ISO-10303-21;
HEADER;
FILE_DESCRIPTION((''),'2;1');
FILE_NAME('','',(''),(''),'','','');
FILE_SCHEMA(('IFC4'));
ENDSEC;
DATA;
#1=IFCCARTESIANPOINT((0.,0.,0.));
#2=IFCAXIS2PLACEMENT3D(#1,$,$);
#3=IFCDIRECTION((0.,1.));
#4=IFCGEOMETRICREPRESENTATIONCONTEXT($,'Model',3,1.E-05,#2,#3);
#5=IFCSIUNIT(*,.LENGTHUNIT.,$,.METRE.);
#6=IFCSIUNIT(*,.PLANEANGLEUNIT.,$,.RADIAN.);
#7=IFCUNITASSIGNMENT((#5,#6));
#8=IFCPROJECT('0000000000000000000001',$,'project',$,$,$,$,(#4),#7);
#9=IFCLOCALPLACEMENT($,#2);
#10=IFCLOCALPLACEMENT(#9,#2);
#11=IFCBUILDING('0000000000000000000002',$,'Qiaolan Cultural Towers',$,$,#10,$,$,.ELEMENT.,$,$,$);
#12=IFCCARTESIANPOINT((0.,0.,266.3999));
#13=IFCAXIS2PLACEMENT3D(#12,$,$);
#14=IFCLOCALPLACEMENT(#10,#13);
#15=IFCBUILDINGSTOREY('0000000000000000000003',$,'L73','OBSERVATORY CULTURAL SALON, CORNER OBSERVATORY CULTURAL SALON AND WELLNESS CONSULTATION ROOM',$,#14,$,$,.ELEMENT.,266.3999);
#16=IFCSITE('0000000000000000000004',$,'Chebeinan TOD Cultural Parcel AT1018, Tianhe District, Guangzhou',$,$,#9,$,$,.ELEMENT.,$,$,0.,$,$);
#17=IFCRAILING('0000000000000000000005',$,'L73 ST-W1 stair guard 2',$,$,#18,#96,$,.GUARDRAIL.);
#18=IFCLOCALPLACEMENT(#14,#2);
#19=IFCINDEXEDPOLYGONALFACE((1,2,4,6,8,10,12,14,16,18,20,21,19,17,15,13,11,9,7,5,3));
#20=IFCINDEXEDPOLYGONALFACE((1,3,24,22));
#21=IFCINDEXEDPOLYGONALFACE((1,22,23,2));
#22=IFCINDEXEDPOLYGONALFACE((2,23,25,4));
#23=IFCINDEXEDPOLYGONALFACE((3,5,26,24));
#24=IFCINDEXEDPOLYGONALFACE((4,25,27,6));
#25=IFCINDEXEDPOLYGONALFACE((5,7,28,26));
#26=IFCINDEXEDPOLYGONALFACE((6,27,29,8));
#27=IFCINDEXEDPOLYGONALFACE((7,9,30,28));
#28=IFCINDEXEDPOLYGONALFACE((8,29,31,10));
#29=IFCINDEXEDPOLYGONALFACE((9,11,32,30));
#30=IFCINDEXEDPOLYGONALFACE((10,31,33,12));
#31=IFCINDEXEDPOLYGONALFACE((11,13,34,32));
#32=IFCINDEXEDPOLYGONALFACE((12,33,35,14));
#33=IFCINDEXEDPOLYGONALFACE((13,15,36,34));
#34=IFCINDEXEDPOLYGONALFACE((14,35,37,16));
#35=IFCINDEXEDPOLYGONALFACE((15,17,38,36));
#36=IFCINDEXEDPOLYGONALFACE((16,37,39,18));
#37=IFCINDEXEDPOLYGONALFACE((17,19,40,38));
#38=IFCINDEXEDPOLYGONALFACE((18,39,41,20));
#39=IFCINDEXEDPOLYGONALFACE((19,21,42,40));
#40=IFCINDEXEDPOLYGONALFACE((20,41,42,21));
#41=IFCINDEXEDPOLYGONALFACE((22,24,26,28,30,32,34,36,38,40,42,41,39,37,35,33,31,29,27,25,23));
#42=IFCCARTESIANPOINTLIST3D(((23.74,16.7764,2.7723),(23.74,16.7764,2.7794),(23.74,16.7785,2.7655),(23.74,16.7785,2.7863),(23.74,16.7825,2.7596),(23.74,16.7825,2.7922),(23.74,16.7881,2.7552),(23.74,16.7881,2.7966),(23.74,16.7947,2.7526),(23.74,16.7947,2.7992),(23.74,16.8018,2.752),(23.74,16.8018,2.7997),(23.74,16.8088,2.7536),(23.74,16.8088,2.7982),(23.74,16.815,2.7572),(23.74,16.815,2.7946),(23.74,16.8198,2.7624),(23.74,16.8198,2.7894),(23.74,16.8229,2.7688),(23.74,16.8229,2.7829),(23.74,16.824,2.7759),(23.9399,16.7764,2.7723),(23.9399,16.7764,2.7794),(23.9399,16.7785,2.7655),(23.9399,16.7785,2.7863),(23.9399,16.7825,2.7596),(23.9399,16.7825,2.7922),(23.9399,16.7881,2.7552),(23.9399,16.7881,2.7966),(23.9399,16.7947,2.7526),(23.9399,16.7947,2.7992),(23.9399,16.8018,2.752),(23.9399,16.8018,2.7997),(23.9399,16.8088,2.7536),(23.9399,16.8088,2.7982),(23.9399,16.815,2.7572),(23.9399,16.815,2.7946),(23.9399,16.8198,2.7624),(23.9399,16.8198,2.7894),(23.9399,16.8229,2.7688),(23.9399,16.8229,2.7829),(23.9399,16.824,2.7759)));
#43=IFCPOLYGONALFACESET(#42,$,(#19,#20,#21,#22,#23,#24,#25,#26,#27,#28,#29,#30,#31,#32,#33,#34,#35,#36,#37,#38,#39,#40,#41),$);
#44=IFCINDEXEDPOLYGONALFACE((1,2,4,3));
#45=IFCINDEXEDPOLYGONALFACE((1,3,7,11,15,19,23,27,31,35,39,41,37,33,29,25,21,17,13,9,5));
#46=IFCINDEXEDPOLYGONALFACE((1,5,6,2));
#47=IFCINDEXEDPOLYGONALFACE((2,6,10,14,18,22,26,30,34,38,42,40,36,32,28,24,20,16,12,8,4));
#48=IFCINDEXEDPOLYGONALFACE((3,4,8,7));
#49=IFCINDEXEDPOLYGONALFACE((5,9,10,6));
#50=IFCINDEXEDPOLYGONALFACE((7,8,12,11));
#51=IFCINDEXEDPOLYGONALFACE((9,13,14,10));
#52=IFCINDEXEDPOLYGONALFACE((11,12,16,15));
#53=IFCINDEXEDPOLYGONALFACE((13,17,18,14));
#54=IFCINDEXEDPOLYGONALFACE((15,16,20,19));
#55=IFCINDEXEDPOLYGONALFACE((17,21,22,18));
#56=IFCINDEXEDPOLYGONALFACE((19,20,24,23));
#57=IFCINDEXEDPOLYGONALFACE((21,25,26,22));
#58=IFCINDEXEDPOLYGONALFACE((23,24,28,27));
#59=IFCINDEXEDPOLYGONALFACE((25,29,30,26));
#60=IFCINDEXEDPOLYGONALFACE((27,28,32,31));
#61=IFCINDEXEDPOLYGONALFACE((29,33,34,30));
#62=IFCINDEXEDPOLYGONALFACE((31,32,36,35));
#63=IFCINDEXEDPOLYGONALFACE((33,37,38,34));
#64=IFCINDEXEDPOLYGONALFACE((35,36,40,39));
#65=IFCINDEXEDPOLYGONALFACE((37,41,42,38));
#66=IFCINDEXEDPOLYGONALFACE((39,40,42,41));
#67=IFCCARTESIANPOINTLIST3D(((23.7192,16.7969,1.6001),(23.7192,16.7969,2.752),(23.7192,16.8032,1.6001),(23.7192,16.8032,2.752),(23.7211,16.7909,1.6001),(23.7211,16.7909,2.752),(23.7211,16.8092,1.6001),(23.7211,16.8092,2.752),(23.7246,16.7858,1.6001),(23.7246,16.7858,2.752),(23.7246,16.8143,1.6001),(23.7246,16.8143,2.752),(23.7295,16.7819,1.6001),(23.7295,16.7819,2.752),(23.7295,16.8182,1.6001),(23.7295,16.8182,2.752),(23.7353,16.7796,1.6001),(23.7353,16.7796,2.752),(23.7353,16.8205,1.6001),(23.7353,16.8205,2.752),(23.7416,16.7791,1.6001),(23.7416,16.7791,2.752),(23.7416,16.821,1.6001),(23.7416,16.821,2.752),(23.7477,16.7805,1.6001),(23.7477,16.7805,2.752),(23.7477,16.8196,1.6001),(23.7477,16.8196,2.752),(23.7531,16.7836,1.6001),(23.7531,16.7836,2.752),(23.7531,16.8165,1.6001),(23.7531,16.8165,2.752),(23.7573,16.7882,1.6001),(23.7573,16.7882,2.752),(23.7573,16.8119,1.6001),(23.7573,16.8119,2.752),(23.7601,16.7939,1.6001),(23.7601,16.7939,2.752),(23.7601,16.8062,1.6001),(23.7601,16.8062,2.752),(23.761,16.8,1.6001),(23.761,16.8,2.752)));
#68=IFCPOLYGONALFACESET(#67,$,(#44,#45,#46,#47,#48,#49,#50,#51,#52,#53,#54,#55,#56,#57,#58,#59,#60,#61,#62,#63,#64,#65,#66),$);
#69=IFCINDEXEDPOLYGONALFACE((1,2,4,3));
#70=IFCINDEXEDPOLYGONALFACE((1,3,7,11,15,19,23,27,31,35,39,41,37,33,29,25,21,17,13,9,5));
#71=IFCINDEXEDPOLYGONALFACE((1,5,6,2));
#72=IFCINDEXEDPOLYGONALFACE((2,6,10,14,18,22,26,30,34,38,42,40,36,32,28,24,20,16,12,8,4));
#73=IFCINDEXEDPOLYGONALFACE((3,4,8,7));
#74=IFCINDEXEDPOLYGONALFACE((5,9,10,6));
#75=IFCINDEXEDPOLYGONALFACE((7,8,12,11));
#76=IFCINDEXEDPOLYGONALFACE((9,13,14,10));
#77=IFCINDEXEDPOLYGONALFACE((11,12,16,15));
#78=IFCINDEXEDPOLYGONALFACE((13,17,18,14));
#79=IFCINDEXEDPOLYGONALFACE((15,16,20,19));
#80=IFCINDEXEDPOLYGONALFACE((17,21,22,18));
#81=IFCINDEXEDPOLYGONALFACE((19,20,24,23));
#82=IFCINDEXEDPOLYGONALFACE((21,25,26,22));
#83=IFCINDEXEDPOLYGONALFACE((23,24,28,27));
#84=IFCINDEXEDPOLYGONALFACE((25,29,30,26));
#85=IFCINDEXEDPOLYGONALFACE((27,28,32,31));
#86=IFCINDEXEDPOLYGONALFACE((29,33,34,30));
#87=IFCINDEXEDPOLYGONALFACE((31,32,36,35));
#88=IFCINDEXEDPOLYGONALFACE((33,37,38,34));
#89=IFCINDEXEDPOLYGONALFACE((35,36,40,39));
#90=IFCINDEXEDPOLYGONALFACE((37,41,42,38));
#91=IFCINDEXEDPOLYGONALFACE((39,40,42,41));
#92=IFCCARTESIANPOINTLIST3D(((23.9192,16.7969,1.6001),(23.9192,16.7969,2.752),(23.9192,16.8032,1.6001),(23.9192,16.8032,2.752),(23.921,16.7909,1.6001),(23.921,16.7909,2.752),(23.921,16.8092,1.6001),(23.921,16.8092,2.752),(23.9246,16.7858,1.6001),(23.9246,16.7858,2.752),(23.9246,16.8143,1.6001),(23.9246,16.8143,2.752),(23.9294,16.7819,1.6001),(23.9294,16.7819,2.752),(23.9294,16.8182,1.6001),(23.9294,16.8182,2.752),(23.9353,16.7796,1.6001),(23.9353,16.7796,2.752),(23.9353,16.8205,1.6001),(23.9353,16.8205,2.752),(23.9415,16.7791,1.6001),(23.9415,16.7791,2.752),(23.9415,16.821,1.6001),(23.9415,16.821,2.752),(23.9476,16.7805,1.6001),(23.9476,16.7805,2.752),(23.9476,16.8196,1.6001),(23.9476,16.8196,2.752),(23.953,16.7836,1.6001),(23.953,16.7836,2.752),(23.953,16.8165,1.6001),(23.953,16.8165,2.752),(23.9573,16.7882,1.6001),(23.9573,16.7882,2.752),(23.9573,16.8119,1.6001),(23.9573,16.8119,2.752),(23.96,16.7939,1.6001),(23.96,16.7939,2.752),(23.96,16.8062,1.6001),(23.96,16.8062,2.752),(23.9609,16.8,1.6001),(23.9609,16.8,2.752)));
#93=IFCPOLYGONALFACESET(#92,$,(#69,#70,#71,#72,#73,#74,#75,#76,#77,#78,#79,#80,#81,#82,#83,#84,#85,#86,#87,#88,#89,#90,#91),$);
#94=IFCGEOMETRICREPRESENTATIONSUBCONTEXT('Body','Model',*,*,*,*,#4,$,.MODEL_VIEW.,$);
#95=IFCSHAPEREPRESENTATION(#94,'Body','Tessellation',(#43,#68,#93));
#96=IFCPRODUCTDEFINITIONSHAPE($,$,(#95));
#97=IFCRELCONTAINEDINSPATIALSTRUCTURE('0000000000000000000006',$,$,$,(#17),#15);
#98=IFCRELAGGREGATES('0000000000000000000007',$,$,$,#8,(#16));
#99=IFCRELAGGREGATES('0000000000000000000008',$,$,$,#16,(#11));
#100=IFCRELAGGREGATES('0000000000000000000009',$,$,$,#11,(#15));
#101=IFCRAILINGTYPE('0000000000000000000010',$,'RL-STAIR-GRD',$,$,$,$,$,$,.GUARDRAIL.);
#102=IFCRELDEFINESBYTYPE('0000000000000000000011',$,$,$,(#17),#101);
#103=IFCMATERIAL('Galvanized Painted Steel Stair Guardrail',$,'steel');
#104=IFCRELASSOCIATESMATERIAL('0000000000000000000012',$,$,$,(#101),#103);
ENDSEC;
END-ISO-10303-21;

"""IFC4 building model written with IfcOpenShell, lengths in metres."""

from ifc_helpers import new_model, si_unit, direction, frame, origin, origin_2d, place, context, subcontext, project, spatial, circle, extrude, material, type_object, element, save


model = new_model("IFC4")

# Units and contexts
model_context = context("Model", 3, precision=1e-05, world=origin(), true_north=direction((0.0, 1.0)))
body_context = subcontext(model_context, "Body", "Model", "MODEL_VIEW")
ifc_project = project(units=[si_unit("LENGTHUNIT", "METRE"), si_unit("PLANEANGLEUNIT", "RADIAN")], contexts=[model_context])

# Site, building, storey
site_placement = place(None, origin())
site = spatial("IfcSite", under=ifc_project, at=site_placement, Name="Chebeinan TOD Cultural Parcel AT1018, Tianhe District, Guangzhou", CompositionType="ELEMENT", RefElevation=0.0)
building_placement = place(site_placement, origin())
building = spatial("IfcBuilding", under=site, at=building_placement, Name="Qiaolan Cultural Towers", CompositionType="ELEMENT")
storey_placement = place(building_placement, frame((0.0, 0.0, 266.3999)))
storey = spatial("IfcBuildingStorey", under=building, at=storey_placement, Name="L73", Description="OBSERVATORY CULTURAL SALON, CORNER OBSERVATORY CULTURAL SALON AND WELLNESS CONSULTATION ROOM", CompositionType="ELEMENT", Elevation=266.3999)

# Railing
ifc_material_1 = material(Name="Galvanized Painted Steel Stair Guardrail", Category="steel")
railing_type = type_object("IfcRailingType", Name="RL-STAIR-GRD", PredefinedType="GUARDRAIL", material=ifc_material_1)
railing_1_placement = place(storey_placement, frame((23.74, 16.8, 1.6001)))
element("IfcRailing", 1, at=railing_1_placement, inside=storey, type_object=railing_type, Name="L73 ST-W1 stair guard 2", PredefinedType="GUARDRAIL", context=body_context, shape_type="SweptSolid", body=[
    extrude(circle(Radius=0.0239, at=origin_2d()), frame((0.0, 0.0, 1.1758), z_axis=(1.0, 0.0, 0.0), x_axis=(0.0, 1.0, 0.0)), (0.0, 0.0, 1.0), 0.2),
    extrude(circle(Radius=0.021, at=origin_2d()), origin(), (0.0, 0.0, 1.0), 1.1519),
    extrude(circle(Radius=0.021, at=origin_2d()), frame((0.2, 0.0, 0.0)), (0.0, 0.0, 1.0), 1.1519),
])

save(model, "model.ifc")
